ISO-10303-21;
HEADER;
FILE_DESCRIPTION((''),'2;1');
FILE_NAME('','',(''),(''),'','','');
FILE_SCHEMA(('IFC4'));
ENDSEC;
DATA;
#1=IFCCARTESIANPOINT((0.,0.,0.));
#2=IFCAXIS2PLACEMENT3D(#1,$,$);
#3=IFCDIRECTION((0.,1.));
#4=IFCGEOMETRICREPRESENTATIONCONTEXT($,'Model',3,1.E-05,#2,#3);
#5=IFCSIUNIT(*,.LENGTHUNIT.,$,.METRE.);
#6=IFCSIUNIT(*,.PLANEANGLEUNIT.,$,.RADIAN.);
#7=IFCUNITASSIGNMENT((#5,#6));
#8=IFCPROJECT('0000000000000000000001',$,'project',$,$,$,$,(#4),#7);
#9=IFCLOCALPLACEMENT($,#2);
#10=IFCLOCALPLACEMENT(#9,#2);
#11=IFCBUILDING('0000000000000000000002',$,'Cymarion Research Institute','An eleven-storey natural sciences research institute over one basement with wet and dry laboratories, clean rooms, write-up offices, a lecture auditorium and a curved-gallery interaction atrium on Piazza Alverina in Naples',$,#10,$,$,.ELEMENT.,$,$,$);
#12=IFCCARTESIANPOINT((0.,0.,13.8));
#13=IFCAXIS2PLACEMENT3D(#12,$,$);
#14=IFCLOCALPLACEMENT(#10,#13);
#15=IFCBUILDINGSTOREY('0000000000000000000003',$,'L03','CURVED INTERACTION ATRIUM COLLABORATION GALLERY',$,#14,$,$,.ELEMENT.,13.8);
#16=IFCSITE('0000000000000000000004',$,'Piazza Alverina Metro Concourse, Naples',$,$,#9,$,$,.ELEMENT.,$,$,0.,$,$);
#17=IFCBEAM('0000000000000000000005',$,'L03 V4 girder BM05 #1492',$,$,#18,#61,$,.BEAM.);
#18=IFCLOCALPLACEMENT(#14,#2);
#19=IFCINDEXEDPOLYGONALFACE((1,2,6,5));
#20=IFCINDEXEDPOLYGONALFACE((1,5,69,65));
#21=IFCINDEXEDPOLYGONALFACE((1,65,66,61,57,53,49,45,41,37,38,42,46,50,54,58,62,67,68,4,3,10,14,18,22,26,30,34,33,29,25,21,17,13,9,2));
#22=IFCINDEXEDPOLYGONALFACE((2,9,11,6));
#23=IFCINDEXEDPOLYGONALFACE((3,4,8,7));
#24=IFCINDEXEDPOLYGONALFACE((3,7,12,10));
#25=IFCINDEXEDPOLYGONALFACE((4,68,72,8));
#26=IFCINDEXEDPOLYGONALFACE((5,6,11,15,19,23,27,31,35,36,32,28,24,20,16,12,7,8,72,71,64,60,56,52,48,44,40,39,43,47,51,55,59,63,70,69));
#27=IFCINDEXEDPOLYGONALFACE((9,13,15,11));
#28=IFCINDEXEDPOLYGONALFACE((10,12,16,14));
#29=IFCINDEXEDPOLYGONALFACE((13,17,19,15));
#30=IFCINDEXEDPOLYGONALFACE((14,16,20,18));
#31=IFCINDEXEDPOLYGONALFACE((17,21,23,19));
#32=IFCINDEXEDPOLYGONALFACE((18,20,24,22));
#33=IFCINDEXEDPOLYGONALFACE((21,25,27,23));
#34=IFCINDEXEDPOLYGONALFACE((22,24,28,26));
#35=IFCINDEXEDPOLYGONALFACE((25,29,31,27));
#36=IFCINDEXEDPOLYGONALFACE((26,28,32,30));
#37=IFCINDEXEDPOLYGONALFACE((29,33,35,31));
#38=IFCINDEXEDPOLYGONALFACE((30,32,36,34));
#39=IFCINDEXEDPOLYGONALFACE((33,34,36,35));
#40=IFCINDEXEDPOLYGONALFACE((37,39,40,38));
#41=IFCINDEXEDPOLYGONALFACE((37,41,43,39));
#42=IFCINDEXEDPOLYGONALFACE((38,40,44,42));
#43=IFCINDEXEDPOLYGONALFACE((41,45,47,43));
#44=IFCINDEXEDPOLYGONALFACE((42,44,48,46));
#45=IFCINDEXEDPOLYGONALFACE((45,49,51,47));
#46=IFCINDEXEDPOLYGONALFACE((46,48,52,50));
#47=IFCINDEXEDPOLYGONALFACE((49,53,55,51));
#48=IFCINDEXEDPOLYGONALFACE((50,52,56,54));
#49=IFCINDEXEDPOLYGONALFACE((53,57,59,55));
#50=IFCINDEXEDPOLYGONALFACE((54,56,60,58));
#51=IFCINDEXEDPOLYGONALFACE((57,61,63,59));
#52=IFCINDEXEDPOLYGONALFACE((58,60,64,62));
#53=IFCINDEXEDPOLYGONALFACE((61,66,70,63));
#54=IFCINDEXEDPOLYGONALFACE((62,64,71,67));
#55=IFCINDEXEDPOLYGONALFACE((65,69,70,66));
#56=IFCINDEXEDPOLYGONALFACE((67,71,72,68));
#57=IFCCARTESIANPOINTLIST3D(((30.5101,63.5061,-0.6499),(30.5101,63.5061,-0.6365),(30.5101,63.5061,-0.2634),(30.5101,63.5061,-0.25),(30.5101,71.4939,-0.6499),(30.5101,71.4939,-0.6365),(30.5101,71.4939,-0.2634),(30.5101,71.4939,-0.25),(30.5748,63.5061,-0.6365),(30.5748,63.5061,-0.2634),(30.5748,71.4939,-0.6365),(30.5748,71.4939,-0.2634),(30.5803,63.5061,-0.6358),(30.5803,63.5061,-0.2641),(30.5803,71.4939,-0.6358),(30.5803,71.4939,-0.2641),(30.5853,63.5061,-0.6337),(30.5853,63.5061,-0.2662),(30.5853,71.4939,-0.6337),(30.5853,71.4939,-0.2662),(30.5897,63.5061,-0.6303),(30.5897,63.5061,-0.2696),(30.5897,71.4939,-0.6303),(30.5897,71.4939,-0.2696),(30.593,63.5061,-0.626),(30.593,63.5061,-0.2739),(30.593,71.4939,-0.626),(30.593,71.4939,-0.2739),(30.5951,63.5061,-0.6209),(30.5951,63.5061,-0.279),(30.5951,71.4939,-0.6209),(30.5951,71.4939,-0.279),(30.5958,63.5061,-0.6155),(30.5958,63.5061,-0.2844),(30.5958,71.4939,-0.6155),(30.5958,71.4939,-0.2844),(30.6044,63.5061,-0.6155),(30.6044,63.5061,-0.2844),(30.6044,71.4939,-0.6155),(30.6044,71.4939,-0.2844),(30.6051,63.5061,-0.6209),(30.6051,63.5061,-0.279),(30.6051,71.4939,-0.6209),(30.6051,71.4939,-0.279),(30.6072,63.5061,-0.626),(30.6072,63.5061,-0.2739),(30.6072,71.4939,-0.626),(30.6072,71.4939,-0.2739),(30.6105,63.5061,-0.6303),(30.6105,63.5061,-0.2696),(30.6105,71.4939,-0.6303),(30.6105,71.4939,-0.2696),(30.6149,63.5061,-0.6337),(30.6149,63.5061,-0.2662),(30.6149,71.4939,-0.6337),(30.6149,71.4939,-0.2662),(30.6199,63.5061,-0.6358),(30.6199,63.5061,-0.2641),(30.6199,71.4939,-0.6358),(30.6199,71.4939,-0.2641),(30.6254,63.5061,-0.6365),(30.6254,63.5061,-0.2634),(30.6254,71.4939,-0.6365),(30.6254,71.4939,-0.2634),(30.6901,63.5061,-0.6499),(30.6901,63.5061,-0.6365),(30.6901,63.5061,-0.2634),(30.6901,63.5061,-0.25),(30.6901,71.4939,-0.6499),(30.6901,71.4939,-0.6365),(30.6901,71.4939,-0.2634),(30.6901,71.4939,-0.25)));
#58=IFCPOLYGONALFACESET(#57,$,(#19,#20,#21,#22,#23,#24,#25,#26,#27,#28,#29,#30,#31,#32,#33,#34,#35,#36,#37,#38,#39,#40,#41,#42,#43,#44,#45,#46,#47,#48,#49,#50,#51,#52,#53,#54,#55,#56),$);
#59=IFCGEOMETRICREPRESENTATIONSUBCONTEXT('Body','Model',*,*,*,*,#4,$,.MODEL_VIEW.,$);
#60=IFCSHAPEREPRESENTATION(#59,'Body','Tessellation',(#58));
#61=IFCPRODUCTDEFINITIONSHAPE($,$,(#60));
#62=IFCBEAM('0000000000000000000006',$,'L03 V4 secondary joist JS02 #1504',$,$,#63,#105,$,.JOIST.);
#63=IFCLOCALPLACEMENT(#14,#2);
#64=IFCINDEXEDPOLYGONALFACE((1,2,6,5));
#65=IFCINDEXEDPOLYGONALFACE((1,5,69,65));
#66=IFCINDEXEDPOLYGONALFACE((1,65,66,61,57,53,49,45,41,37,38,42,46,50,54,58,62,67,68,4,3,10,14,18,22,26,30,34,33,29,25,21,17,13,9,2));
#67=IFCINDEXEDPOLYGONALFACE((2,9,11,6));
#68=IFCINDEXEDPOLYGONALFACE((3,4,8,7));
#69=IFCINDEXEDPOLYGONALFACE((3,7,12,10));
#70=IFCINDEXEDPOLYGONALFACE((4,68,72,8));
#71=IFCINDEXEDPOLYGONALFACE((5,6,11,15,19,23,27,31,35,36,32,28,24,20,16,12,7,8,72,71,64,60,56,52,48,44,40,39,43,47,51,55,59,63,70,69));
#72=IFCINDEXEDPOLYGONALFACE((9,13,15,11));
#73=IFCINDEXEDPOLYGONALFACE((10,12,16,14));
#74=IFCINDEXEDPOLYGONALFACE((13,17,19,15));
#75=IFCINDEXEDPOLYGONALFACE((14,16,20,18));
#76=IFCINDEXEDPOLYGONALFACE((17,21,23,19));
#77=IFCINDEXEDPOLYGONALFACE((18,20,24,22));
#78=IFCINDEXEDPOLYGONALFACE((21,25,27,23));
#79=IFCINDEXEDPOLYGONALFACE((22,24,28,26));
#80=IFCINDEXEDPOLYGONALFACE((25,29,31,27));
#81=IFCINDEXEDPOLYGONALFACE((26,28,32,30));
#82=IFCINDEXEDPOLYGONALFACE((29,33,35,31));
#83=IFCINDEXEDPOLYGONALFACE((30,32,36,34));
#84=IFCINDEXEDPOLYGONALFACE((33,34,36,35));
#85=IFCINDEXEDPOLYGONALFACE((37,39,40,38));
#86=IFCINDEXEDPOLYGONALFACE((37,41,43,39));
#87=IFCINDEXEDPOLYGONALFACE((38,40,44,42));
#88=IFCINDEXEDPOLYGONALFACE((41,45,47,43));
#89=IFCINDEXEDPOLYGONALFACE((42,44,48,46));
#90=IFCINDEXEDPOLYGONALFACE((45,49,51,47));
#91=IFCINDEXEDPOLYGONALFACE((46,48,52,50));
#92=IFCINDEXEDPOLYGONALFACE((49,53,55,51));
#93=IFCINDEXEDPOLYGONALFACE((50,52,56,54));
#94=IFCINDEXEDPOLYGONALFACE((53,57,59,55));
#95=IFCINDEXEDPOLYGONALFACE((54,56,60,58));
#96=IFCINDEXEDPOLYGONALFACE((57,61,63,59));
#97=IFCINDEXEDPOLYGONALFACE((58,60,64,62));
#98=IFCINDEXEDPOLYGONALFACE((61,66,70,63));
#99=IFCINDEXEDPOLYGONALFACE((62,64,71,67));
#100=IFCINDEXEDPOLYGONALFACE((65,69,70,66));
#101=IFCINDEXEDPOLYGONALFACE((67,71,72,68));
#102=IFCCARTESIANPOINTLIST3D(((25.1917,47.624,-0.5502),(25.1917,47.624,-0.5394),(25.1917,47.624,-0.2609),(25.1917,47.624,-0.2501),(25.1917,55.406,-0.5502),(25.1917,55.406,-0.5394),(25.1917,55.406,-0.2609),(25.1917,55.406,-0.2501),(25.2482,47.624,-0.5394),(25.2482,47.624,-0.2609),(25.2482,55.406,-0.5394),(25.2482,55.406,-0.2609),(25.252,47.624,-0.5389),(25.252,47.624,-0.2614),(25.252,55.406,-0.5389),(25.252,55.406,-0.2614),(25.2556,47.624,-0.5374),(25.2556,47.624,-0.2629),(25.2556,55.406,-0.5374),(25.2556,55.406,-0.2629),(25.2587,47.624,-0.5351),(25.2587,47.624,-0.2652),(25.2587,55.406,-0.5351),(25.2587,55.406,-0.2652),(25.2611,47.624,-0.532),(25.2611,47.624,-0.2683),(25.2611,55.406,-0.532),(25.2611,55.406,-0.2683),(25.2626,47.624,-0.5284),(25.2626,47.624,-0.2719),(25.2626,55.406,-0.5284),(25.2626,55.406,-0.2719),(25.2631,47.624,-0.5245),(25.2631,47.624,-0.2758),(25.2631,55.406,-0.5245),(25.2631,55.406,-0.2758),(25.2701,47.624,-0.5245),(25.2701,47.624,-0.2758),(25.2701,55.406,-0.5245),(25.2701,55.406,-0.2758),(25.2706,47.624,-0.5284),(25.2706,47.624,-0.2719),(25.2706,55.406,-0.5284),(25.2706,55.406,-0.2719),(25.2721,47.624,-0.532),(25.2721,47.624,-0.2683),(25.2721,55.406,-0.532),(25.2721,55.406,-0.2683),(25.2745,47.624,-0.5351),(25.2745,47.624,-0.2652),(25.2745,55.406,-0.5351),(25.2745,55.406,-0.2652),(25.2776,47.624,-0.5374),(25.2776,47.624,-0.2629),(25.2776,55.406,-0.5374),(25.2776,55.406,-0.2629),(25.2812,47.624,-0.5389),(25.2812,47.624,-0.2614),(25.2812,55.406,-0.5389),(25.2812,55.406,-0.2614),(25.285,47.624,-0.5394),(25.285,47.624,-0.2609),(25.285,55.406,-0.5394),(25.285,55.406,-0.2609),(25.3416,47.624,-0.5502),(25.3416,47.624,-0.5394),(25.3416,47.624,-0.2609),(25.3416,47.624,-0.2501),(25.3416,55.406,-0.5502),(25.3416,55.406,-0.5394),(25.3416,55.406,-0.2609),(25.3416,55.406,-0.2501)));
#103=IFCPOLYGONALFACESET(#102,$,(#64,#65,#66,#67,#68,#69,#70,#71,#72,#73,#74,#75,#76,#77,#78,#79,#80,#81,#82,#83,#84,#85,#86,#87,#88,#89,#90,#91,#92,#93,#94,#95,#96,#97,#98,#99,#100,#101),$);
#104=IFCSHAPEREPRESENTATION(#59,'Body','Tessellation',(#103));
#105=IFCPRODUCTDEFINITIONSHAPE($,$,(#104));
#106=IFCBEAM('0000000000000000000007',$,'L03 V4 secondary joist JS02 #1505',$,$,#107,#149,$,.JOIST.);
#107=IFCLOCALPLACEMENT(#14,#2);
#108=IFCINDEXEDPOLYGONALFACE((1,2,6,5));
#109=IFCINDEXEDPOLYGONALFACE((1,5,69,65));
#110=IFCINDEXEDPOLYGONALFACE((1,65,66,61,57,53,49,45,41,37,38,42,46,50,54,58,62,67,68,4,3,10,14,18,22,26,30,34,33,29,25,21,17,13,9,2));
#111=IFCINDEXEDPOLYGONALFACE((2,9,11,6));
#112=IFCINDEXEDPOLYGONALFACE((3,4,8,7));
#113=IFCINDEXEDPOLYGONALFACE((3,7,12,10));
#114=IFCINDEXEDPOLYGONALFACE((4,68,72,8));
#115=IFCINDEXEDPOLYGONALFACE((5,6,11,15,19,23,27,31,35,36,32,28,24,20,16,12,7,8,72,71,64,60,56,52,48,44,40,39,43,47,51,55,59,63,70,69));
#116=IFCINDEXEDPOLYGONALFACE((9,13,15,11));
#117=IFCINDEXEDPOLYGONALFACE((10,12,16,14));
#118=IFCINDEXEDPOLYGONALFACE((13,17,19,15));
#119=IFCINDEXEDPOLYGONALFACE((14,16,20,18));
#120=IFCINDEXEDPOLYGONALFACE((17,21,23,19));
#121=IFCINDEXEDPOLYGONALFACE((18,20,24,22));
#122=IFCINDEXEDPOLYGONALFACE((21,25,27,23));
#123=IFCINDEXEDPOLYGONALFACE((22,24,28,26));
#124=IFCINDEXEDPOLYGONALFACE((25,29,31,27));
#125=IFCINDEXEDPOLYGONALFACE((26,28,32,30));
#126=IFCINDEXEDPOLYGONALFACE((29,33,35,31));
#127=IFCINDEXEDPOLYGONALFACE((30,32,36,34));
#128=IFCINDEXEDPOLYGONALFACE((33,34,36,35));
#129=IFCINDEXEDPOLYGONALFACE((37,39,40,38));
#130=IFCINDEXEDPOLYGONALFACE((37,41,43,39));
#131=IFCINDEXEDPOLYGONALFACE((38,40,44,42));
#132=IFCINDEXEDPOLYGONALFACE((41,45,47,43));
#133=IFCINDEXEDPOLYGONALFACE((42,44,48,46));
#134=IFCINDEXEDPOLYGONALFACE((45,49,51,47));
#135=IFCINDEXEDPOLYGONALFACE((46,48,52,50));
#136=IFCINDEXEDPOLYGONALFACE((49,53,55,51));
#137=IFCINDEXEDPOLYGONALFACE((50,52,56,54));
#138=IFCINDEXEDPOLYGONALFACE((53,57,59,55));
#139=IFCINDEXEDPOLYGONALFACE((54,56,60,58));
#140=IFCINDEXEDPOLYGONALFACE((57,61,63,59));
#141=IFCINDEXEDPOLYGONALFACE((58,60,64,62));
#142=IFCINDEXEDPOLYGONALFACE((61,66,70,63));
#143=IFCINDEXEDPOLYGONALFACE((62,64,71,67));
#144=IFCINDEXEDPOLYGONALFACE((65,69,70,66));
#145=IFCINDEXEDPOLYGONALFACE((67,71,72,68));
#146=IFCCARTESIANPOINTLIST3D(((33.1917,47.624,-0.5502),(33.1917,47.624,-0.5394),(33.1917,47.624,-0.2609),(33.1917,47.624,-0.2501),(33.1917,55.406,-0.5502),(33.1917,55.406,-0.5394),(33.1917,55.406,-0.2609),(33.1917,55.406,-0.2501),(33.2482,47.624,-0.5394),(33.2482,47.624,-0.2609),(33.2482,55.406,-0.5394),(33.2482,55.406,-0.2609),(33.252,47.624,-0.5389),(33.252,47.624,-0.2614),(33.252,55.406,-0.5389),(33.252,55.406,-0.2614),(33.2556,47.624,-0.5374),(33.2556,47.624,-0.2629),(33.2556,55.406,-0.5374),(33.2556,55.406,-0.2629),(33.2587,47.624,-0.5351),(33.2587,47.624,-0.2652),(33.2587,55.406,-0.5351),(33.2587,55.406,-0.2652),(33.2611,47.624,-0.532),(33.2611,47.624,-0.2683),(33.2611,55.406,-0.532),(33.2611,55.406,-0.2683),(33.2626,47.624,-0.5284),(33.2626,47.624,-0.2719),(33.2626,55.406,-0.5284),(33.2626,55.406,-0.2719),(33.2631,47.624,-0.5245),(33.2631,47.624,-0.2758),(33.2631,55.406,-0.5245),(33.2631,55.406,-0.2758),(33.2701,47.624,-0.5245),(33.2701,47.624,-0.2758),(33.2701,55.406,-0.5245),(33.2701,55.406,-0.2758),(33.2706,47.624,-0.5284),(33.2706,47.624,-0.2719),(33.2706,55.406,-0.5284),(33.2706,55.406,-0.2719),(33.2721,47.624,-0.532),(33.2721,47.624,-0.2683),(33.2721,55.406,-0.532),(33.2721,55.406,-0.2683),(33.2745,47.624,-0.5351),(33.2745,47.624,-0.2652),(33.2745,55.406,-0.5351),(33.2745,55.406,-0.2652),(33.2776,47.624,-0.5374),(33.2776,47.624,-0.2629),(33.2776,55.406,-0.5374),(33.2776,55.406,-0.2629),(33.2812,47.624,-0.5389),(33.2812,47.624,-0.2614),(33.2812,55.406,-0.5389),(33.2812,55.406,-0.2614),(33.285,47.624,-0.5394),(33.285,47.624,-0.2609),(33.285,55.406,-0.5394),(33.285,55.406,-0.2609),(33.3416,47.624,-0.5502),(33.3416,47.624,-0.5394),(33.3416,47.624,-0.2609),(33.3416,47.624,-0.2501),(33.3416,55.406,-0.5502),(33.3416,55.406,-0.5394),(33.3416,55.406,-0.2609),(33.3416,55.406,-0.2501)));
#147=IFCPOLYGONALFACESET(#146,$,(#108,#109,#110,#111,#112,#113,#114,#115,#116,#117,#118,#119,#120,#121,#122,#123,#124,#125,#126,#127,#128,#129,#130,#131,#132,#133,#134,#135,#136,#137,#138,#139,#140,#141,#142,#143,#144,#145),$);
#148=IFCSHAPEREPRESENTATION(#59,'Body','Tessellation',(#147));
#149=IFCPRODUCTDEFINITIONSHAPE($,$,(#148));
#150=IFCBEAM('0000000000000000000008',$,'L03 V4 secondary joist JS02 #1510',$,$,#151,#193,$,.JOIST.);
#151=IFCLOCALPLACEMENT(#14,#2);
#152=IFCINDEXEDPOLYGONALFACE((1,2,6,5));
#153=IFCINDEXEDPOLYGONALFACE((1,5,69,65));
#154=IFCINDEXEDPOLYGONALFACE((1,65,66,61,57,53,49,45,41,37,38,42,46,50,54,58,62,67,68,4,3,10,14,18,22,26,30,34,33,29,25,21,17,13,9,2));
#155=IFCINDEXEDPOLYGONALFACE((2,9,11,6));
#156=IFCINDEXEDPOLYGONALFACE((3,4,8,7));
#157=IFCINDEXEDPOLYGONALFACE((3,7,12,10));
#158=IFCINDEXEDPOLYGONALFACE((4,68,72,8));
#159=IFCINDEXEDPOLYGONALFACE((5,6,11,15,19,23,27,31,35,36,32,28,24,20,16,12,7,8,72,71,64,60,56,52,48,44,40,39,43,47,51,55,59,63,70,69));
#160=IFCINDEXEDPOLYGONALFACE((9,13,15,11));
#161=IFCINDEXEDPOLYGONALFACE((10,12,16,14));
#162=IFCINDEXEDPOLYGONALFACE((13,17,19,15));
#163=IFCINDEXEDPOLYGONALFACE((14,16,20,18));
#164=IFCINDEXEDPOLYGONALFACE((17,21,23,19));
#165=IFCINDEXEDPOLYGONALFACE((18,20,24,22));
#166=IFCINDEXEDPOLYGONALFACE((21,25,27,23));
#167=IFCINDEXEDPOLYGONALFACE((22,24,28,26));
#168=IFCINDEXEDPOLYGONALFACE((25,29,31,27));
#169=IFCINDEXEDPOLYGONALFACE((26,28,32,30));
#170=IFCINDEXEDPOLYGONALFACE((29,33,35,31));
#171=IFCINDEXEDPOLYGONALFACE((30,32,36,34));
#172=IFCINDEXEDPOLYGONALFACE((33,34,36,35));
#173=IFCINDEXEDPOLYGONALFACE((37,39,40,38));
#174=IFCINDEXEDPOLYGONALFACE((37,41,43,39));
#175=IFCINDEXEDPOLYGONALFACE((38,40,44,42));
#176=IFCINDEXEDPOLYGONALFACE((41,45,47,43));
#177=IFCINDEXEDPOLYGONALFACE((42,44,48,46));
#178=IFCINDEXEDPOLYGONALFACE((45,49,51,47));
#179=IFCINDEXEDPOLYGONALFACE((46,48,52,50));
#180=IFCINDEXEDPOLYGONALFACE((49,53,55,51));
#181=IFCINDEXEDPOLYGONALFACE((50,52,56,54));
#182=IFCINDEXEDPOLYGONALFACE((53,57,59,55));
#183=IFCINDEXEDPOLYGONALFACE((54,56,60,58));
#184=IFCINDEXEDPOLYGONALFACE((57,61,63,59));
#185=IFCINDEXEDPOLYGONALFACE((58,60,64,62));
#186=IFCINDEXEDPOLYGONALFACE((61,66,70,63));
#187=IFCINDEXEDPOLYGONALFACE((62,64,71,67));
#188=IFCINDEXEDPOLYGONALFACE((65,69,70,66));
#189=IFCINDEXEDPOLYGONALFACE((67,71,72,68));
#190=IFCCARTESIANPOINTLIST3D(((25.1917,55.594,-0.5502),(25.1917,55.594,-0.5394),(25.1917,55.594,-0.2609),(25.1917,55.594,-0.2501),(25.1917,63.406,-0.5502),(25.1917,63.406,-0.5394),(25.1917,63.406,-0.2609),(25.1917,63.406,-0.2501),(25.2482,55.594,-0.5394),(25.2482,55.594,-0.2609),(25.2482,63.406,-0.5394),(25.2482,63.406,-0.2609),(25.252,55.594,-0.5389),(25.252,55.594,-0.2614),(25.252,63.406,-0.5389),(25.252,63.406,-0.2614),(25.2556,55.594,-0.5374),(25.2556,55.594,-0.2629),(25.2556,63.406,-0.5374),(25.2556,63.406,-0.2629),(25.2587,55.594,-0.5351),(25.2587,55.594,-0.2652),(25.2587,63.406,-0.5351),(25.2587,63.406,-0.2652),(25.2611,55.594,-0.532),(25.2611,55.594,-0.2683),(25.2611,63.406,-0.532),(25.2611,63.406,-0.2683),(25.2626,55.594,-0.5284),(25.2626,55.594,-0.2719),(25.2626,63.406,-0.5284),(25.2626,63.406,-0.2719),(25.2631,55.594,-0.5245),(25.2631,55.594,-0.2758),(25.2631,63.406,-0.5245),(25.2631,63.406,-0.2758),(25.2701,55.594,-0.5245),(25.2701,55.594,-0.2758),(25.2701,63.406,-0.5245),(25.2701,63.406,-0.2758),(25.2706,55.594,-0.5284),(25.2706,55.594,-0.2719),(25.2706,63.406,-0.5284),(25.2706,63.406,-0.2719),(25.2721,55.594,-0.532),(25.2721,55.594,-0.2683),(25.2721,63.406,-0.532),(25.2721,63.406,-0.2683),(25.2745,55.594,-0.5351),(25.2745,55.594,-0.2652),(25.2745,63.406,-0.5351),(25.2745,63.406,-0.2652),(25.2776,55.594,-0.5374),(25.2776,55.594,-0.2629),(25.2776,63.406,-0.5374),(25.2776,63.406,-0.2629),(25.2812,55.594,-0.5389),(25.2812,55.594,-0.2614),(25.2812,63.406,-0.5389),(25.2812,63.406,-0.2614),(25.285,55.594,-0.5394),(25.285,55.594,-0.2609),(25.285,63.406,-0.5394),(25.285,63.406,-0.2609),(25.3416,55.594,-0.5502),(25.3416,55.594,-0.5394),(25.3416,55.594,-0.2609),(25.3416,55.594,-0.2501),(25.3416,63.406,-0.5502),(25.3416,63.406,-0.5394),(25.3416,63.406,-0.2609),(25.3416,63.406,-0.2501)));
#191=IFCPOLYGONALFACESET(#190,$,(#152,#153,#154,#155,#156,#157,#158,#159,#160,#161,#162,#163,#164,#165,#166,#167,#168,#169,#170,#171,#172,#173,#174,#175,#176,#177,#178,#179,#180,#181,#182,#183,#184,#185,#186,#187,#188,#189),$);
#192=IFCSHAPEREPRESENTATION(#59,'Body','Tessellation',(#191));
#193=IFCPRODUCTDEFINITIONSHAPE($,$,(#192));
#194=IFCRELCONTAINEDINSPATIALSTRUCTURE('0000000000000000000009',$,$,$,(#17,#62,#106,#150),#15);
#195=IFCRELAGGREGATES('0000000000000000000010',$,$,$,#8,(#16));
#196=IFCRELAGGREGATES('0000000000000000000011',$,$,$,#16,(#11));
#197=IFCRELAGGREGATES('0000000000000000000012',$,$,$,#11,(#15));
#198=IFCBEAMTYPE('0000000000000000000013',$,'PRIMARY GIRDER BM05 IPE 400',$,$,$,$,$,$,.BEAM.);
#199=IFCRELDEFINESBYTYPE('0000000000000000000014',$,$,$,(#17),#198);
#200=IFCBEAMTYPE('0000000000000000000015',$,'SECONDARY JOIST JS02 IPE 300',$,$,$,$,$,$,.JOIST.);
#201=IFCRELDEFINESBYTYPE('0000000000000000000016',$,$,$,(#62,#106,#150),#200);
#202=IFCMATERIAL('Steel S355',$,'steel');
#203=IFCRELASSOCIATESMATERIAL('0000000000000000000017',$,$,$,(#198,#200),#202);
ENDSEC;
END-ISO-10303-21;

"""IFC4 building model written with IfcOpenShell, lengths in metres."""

from ifc_helpers import new_model, si_unit, direction, frame, origin, origin_2d, place, context, subcontext, project, spatial, i_section, extrude, material, material_profile, profile_set, type_object, element, save


model = new_model("IFC4")

# Units and contexts
model_context = context("Model", 3, precision=1e-05, world=origin(), true_north=direction((0.0, 1.0)))
body_context = subcontext(model_context, "Body", "Model", "MODEL_VIEW")
ifc_project = project(units=[si_unit("LENGTHUNIT", "METRE"), si_unit("PLANEANGLEUNIT", "RADIAN")], contexts=[model_context])

# Site, building, storey
site_placement = place(None, origin())
site = spatial("IfcSite", under=ifc_project, at=site_placement, Name="Piazza Alverina Metro Concourse, Naples", CompositionType="ELEMENT", RefElevation=0.0)
building_placement = place(site_placement, origin())
building = spatial("IfcBuilding", under=site, at=building_placement, Name="Cymarion Research Institute", Description="An eleven-storey natural sciences research institute over one basement with wet and dry laboratories, clean rooms, write-up offices, a lecture auditorium and a curved-gallery interaction atrium on Piazza Alverina in Naples", CompositionType="ELEMENT")
storey_placement = place(building_placement, frame((0.0, 0.0, 13.8)))
storey = spatial("IfcBuildingStorey", under=building, at=storey_placement, Name="L03", Description="CURVED INTERACTION ATRIUM COLLABORATION GALLERY", CompositionType="ELEMENT", Elevation=13.8)

# Shared definitions
ifc_material_1 = material(Name="Steel S355", Category="steel")

# Beams
ifc_material_profile_1 = material_profile(ifc_material_1, i_section(OverallWidth=0.1799, OverallDepth=0.3999, WebThickness=0.0085, FlangeThickness=0.0134, FilletRadius=0.021, at=origin_2d()), Name="IPE 400")
ifc_profile_set_1 = profile_set([ifc_material_profile_1], Name="Steel S355")
beam_type_1 = type_object("IfcBeamType", Name="PRIMARY GIRDER BM05 IPE 400", PredefinedType="BEAM", material=ifc_profile_set_1)
for number, where, z_axis, x_axis, name in (
    (1, (30.6001, 63.5061, -0.45), (0.0, 1.0, 0.0), (-1.0, 0.0, 0.0), "L03 V4 girder BM05 #1492"),
):
    element("IfcBeam", number, at=place(storey_placement, frame(where, z_axis=z_axis, x_axis=x_axis)), inside=storey, type_object=beam_type_1, Name=name, PredefinedType="BEAM", context=body_context, shape_type="SweptSolid", body=[
        extrude(i_section(OverallWidth=0.1799, OverallDepth=0.3999, WebThickness=0.0085, FlangeThickness=0.0134, FilletRadius=0.021, at=origin_2d()), origin(), (0.0, 0.0, 1.0), 7.9878),
    ])
ifc_material_profile_2 = material_profile(ifc_material_1, i_section(OverallWidth=0.1499, OverallDepth=0.3, WebThickness=0.0071, FlangeThickness=0.0107, FilletRadius=0.0149, at=origin_2d()), Name="IPE 300")
ifc_profile_set_2 = profile_set([ifc_material_profile_2], Name="Steel S355")
beam_type_2 = type_object("IfcBeamType", Name="SECONDARY JOIST JS02 IPE 300", PredefinedType="JOIST", material=ifc_profile_set_2)
for number, where, z_axis, x_axis, name in (
    (2, (25.2666, 47.624, -0.4001), (0.0, 1.0, 0.0), (-1.0, 0.0, 0.0), "L03 V4 secondary joist JS02 #1504"),
    (3, (33.2666, 47.624, -0.4001), (0.0, 1.0, 0.0), (-1.0, 0.0, 0.0), "L03 V4 secondary joist JS02 #1505"),
):
    element("IfcBeam", number, at=place(storey_placement, frame(where, z_axis=z_axis, x_axis=x_axis)), inside=storey, type_object=beam_type_2, Name=name, PredefinedType="JOIST", context=body_context, shape_type="SweptSolid", body=[
        extrude(i_section(OverallWidth=0.1499, OverallDepth=0.3, WebThickness=0.0071, FlangeThickness=0.0107, FilletRadius=0.0149, at=origin_2d()), origin(), (0.0, 0.0, 1.0), 7.782),
    ])
for number, where, z_axis, x_axis, name in (
    (4, (25.2666, 55.594, -0.4001), (0.0, 1.0, 0.0), (-1.0, 0.0, 0.0), "L03 V4 secondary joist JS02 #1510"),
):
    element("IfcBeam", number, at=place(storey_placement, frame(where, z_axis=z_axis, x_axis=x_axis)), inside=storey, type_object=beam_type_2, Name=name, PredefinedType="JOIST", context=body_context, shape_type="SweptSolid", body=[
        extrude(i_section(OverallWidth=0.1499, OverallDepth=0.3, WebThickness=0.0071, FlangeThickness=0.0107, FilletRadius=0.0149, at=origin_2d()), origin(), (0.0, 0.0, 1.0), 7.812),
    ])

save(model, "model.ifc")
